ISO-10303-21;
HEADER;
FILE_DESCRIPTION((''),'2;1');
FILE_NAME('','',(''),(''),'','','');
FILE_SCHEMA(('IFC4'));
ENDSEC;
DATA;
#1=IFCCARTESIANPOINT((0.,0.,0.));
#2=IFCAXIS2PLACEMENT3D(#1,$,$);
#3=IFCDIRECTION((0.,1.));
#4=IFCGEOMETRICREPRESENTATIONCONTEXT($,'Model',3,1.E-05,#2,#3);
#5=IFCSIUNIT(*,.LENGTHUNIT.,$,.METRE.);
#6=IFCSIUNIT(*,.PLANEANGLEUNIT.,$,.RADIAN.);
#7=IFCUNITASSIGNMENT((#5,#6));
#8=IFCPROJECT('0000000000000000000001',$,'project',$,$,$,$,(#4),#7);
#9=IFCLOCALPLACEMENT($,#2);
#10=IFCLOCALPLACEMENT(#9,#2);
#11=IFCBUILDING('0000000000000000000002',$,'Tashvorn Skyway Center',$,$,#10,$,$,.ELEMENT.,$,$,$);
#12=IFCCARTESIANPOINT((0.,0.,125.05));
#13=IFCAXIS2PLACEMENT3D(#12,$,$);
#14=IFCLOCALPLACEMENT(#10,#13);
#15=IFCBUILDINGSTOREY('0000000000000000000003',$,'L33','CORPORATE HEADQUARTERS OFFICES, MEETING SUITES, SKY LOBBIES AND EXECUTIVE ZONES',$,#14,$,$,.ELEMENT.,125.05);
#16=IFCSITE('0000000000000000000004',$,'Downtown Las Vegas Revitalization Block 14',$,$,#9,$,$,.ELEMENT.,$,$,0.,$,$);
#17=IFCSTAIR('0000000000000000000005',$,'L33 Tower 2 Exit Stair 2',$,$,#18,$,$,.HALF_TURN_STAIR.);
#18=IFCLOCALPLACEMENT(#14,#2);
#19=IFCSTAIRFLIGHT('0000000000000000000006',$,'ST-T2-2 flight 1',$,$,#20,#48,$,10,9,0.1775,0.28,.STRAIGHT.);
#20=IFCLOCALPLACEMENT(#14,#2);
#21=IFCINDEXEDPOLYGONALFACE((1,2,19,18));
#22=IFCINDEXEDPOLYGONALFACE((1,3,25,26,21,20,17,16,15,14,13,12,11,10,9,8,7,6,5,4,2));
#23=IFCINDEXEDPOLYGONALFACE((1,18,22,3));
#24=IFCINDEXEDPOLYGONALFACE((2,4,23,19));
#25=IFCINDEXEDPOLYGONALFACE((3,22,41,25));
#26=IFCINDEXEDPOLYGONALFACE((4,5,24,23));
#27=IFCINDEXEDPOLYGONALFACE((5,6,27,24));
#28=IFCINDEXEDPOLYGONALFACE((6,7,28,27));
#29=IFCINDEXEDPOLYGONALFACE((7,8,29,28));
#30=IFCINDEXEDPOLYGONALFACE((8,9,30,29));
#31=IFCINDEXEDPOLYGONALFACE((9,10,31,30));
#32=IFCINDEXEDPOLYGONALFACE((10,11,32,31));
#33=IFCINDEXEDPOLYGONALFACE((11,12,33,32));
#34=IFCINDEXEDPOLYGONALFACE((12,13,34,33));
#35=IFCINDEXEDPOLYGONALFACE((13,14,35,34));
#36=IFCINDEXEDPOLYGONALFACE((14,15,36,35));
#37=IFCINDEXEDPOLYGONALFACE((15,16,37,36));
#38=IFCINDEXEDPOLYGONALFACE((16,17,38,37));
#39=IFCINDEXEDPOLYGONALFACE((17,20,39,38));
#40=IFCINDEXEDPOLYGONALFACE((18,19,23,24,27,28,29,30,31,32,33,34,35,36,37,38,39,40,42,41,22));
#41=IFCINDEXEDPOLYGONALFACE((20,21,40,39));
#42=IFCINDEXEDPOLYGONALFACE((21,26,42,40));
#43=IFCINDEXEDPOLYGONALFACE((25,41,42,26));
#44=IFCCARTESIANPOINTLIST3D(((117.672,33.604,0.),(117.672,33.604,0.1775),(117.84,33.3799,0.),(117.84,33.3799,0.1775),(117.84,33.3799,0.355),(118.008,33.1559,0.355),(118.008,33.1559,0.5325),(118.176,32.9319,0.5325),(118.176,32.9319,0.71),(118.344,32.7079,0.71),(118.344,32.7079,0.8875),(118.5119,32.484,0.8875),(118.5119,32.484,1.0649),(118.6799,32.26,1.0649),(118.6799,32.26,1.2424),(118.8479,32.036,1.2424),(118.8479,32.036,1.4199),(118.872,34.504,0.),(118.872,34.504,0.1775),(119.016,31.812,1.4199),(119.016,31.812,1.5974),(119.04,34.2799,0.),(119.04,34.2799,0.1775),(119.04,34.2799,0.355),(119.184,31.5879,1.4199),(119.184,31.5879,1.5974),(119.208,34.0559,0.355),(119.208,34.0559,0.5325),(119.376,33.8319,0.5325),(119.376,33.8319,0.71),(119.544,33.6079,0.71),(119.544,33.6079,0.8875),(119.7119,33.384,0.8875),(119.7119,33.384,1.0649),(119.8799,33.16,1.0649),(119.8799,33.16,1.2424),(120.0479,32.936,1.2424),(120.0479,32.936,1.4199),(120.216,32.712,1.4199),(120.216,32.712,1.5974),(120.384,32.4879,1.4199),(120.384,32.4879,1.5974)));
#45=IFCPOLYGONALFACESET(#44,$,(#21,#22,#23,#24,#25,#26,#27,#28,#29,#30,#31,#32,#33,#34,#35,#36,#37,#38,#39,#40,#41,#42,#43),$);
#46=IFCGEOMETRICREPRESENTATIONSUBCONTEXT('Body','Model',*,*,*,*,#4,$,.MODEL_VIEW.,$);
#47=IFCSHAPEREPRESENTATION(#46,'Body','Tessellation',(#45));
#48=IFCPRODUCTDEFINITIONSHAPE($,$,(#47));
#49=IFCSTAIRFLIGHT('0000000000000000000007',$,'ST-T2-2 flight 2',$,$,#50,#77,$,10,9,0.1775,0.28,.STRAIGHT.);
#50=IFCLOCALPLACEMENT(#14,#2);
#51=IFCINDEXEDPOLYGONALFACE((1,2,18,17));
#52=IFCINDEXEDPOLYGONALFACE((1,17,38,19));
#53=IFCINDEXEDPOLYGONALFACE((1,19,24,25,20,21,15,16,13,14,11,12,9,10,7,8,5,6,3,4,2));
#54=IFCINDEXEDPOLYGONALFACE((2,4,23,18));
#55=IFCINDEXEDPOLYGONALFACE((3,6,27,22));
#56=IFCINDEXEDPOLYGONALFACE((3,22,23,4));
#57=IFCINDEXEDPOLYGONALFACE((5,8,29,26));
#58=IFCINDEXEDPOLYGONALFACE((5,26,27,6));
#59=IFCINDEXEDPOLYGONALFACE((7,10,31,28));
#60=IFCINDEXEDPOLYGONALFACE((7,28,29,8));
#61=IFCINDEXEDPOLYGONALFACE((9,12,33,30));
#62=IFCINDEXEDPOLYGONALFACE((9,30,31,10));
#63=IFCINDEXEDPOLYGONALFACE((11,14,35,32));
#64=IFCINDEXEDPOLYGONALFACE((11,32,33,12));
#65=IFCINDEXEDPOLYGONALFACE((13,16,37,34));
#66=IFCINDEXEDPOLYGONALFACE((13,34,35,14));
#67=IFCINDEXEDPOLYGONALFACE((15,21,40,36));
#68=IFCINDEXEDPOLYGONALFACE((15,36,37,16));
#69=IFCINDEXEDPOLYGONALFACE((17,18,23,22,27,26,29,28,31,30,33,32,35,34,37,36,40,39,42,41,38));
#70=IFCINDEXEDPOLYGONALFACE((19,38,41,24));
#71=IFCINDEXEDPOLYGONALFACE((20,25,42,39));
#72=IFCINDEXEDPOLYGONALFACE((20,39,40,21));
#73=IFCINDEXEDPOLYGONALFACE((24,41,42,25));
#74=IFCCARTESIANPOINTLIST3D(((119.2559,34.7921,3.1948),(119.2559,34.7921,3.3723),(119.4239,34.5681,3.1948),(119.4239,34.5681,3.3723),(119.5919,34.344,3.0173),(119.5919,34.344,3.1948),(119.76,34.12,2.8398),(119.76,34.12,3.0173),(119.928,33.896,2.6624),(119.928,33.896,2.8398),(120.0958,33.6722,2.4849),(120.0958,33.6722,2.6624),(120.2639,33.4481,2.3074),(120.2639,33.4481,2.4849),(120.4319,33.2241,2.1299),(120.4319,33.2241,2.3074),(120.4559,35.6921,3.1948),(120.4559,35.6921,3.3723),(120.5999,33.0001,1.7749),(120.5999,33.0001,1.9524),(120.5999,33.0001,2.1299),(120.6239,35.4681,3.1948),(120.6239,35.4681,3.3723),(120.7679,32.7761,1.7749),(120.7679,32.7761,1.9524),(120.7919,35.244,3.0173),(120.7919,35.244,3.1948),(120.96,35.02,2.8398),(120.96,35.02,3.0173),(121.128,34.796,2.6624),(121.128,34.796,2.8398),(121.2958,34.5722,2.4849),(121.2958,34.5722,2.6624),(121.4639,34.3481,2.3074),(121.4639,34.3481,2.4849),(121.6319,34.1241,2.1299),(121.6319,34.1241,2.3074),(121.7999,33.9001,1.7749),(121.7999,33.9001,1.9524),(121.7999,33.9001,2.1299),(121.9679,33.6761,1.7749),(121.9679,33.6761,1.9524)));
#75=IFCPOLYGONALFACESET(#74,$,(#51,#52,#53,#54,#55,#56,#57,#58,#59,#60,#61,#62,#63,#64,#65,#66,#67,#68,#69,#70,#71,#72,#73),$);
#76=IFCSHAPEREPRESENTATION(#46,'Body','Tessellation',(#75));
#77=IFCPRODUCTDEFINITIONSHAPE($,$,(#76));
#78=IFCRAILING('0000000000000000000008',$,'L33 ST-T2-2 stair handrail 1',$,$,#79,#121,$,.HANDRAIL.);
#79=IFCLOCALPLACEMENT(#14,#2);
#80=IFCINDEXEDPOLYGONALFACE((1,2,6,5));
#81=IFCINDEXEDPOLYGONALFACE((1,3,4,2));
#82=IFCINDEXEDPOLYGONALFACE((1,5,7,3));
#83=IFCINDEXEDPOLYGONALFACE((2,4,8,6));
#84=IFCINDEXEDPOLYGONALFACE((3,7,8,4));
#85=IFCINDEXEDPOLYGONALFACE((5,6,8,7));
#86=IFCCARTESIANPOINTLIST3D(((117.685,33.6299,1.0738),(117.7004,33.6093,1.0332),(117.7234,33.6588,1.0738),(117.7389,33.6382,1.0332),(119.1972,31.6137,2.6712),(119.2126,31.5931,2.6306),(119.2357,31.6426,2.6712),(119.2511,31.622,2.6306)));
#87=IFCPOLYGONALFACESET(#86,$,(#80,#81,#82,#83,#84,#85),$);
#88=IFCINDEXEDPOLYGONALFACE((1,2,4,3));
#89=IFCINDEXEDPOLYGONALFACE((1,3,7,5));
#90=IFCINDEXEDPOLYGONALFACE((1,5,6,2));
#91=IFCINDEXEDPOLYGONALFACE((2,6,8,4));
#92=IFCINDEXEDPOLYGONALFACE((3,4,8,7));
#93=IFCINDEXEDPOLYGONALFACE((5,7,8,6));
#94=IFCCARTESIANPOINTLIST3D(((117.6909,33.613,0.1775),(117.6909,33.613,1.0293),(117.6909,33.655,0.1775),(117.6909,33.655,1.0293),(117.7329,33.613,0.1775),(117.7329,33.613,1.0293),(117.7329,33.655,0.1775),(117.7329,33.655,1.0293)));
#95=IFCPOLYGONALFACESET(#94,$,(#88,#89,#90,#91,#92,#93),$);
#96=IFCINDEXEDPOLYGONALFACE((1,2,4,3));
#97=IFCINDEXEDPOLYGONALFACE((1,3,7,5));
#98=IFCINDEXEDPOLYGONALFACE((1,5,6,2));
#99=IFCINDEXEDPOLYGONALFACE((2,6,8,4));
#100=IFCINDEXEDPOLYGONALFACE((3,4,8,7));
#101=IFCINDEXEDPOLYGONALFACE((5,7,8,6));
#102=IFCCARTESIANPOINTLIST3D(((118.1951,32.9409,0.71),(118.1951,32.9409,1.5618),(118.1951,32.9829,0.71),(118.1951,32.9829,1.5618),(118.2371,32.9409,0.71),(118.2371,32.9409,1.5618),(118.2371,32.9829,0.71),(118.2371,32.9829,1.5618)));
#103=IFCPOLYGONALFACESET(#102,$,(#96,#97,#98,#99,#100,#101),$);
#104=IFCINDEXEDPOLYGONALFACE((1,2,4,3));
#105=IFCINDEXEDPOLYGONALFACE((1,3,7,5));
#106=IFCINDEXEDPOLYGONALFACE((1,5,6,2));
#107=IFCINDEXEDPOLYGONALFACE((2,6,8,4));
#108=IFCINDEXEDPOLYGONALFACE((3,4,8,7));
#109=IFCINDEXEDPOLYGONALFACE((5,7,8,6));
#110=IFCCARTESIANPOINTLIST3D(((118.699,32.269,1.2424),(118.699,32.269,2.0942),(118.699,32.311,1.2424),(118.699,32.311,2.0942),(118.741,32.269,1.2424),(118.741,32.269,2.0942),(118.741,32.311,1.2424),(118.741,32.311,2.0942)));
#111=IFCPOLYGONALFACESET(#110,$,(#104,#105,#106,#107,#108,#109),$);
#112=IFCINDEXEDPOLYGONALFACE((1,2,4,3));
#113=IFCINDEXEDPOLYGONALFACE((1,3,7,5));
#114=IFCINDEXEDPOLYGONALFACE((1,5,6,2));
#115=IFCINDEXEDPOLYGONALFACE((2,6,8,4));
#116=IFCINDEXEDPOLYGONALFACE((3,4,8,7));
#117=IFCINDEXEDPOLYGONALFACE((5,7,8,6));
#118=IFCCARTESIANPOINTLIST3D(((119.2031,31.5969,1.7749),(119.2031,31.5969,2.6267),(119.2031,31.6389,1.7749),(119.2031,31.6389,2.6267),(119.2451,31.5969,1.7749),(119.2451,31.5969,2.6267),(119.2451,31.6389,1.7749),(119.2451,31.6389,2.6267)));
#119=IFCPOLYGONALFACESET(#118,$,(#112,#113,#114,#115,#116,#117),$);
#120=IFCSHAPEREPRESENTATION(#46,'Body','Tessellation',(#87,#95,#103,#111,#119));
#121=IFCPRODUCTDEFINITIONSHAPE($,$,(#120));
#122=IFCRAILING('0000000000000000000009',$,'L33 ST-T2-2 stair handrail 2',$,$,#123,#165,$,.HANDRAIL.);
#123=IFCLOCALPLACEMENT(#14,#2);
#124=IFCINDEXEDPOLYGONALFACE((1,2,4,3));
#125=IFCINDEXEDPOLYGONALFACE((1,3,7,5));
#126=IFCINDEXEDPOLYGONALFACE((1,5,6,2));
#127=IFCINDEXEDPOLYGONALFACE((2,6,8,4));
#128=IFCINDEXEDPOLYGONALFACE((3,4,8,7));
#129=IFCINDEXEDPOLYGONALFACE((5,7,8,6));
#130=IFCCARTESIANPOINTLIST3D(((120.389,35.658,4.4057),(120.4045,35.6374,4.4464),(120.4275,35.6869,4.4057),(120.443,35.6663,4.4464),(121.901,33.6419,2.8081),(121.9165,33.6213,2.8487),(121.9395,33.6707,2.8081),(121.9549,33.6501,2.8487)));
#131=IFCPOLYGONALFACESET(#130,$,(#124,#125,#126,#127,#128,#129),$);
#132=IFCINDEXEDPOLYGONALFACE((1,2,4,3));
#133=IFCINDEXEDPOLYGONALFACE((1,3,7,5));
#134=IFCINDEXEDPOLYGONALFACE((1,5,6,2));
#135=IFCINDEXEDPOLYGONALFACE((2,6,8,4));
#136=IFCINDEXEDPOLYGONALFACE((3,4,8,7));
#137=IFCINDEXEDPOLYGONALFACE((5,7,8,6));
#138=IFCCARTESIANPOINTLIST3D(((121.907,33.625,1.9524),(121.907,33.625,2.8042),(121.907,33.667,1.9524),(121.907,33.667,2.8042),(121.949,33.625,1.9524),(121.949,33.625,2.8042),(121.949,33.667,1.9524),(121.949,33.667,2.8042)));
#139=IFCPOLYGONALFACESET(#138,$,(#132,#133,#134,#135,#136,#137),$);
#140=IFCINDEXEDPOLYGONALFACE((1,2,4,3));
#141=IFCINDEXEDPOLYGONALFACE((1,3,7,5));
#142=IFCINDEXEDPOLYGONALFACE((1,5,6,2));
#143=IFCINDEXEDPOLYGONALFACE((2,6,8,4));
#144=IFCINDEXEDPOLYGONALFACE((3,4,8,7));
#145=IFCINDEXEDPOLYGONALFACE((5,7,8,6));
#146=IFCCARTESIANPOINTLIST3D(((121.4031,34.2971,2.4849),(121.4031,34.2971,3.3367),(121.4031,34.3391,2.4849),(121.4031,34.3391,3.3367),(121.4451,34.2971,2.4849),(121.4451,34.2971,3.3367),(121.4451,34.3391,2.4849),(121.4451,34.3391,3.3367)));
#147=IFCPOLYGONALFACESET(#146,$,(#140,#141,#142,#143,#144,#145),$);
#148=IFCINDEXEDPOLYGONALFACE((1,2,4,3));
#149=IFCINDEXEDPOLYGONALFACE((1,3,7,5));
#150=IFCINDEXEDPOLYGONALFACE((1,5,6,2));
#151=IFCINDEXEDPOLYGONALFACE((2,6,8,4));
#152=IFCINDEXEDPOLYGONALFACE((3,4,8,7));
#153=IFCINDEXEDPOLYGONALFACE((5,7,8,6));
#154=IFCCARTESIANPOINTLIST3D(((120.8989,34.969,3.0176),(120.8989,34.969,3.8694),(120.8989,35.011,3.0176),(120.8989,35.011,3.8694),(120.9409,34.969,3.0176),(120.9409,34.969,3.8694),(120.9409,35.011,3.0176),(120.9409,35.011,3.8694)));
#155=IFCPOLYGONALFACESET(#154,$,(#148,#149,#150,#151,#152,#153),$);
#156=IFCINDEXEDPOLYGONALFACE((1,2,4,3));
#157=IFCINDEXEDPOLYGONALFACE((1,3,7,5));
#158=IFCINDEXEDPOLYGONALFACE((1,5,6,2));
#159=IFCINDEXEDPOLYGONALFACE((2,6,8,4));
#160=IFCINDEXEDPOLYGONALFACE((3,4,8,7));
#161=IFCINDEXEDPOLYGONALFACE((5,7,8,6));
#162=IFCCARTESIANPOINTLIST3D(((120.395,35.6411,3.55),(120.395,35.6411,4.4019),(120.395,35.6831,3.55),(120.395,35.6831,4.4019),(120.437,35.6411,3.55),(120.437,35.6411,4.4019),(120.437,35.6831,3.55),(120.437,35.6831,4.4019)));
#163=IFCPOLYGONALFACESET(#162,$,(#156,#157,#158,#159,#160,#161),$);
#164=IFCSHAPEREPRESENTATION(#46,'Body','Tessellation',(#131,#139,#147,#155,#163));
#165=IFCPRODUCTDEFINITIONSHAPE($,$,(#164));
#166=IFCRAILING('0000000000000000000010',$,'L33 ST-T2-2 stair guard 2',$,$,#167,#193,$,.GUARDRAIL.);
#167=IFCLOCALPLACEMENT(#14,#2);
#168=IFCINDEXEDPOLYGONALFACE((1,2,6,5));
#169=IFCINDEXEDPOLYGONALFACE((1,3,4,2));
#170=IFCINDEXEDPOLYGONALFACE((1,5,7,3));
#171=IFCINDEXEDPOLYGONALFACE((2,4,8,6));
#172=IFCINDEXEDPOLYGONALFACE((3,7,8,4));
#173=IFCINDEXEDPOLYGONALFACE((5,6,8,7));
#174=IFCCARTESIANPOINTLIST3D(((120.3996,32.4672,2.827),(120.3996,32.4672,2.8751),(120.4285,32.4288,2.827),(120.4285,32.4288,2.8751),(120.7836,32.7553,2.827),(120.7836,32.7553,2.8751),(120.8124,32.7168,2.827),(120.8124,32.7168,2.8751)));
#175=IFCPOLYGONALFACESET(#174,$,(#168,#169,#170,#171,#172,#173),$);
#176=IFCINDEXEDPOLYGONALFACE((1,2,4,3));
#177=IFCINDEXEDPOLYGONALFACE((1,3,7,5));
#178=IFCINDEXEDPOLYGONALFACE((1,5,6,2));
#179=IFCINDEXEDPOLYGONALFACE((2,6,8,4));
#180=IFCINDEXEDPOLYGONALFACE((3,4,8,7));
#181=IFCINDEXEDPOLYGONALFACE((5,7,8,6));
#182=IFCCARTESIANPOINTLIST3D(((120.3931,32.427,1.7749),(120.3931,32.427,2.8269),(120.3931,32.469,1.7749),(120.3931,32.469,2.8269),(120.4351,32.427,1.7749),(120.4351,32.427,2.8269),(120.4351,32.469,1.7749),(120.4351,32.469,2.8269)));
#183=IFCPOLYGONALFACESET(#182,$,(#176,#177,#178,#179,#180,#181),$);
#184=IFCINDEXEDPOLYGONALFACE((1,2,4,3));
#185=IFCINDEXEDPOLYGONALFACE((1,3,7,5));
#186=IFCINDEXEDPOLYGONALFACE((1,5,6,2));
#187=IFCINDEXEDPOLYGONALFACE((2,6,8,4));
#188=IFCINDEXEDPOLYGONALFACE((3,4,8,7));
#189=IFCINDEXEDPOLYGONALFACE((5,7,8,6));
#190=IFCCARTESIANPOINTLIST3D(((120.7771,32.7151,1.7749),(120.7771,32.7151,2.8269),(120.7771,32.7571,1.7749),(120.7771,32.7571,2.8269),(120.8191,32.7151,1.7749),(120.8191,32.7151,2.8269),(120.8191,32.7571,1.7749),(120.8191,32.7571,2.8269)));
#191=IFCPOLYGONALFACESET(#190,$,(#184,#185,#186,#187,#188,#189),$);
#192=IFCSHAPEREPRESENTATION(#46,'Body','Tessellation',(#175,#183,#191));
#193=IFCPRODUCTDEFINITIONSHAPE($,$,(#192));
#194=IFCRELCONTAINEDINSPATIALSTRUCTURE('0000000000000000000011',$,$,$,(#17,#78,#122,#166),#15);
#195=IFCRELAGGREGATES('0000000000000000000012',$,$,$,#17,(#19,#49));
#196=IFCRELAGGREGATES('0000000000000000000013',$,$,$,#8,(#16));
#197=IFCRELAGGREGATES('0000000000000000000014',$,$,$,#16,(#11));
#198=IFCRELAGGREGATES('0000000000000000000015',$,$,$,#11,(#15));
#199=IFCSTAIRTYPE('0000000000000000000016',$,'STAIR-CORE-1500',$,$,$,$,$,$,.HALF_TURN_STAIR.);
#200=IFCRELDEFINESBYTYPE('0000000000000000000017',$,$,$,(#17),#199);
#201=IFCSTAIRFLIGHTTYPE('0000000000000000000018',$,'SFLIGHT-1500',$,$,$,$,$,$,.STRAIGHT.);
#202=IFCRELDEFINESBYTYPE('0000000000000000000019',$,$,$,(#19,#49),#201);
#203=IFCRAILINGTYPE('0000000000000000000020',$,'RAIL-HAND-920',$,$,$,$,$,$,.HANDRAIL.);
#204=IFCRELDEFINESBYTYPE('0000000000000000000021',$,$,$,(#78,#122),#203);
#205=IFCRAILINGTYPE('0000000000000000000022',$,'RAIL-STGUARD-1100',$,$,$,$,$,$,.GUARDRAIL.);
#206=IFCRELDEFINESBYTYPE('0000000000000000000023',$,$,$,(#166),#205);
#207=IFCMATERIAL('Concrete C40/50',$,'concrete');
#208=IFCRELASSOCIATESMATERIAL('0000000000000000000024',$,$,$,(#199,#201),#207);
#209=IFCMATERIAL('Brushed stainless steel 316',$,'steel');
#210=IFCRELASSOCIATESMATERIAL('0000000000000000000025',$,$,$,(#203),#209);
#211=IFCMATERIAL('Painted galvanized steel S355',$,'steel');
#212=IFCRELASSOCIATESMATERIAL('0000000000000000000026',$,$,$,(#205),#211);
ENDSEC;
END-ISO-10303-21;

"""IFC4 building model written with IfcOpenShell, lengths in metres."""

from ifc_helpers import new_model, si_unit, direction, frame, origin, origin_2d, place, context, subcontext, project, spatial, polyline, rectangle, outline, extrude, material, type_object, element, aggregate, save


model = new_model("IFC4")

# Units and contexts
model_context = context("Model", 3, precision=1e-05, world=origin(), true_north=direction((0.0, 1.0)))
body_context = subcontext(model_context, "Body", "Model", "MODEL_VIEW")
ifc_project = project(units=[si_unit("LENGTHUNIT", "METRE"), si_unit("PLANEANGLEUNIT", "RADIAN")], contexts=[model_context])

# Site, building, storey
site_placement = place(None, origin())
site = spatial("IfcSite", under=ifc_project, at=site_placement, Name="Downtown Las Vegas Revitalization Block 14", CompositionType="ELEMENT", RefElevation=0.0)
building_placement = place(site_placement, origin())
building = spatial("IfcBuilding", under=site, at=building_placement, Name="Tashvorn Skyway Center", CompositionType="ELEMENT")
storey_placement = place(building_placement, frame((0.0, 0.0, 125.05)))
storey = spatial("IfcBuildingStorey", under=building, at=storey_placement, Name="L33", Description="CORPORATE HEADQUARTERS OFFICES, MEETING SUITES, SKY LOBBIES AND EXECUTIVE ZONES", CompositionType="ELEMENT", Elevation=125.05)

# Shared definitions
ifc_material_1 = material(Name="Concrete C40/50", Category="concrete")

# Stair, stair flights
stair_type = type_object("IfcStairType", Name="STAIR-CORE-1500", PredefinedType="HALF_TURN_STAIR", material=ifc_material_1)
stair_placement = place(storey_placement, origin())
stair = element("IfcStair", 1, at=stair_placement, inside=storey, type_object=stair_type, Name="L33 Tower 2 Exit Stair 2", PredefinedType="HALF_TURN_STAIR")
stair_flight_type = type_object("IfcStairFlightType", Name="SFLIGHT-1500", PredefinedType="STRAIGHT", material=ifc_material_1)
stair_flight_1_placement = place(storey_placement, frame((118.272, 34.054, 0.0), z_axis=(0.0, 0.0, 1.0), x_axis=(0.6, -0.8, 0.0)))
stair_flight_1 = element("IfcStairFlight", 2, at=stair_flight_1_placement, type_object=stair_flight_type, Name="ST-T2-2 flight 1", NumberOfRisers=10, NumberOfTreads=9, PredefinedType="STRAIGHT", RiserHeight=0.1775, TreadLength=0.28, context=body_context, shape_type="SweptSolid", body=[
    extrude(outline(polyline([(0.0, 0.0), (0.0, 0.1775), (0.28, 0.1775), (0.28, 0.355), (0.5601, 0.355), (0.5601, 0.5325), (0.8401, 0.5325), (0.8401, 0.71), (1.1201, 0.71), (1.1201, 0.8875), (1.3999, 0.8875), (1.3999, 1.0649), (1.6799, 1.0649), (1.6799, 1.2424), (1.96, 1.2424), (1.96, 1.4199), (2.24, 1.4199), (2.24, 1.5974), (2.52, 1.5974), (2.52, 1.7749), (2.52, 1.4199), (0.28, 0.0), (0.0, 0.0)])), frame((0.0, 0.75, 0.0), z_axis=(0.0, -1.0, 0.0), x_axis=(1.0, 0.0, 0.0)), (0.0, 0.0, 1.0), 1.5),
])
stair_flight_2_placement = place(storey_placement, frame((121.3679, 33.2261, 1.7749), z_axis=(0.0, 0.0, 1.0), x_axis=(-0.6, 0.8, 0.0)))
stair_flight_2 = element("IfcStairFlight", 3, at=stair_flight_2_placement, type_object=stair_flight_type, Name="ST-T2-2 flight 2", NumberOfRisers=10, NumberOfTreads=9, PredefinedType="STRAIGHT", RiserHeight=0.1775, TreadLength=0.28, context=body_context, shape_type="SweptSolid", body=[
    extrude(outline(polyline([(0.0, 0.0), (0.0, 0.1775), (0.28, 0.1775), (0.28, 0.355), (0.5601, 0.355), (0.5601, 0.5325), (0.8401, 0.5325), (0.8401, 0.71), (1.1201, 0.71), (1.1201, 0.8875), (1.3999, 0.8875), (1.3999, 1.0649), (1.6799, 1.0649), (1.6799, 1.2424), (1.96, 1.2424), (1.96, 1.4199), (2.24, 1.4199), (2.24, 1.5974), (2.52, 1.5974), (2.52, 1.7749), (2.52, 1.4199), (0.28, 0.0), (0.0, 0.0)])), frame((0.0, 0.75, 0.0), z_axis=(0.0, -1.0, 0.0), x_axis=(1.0, 0.0, 0.0)), (0.0, 0.0, 1.0), 1.5),
])
aggregate(stair, [stair_flight_1, stair_flight_2])

# Railings
ifc_material_2 = material(Name="Brushed stainless steel 316", Category="steel")
railing_type_1 = type_object("IfcRailingType", Name="RAIL-HAND-920", PredefinedType="HANDRAIL", material=ifc_material_2)
railing_1_placement = place(storey_placement, frame((117.7119, 33.634, 0.1775)))
element("IfcRailing", 4, at=railing_1_placement, inside=storey, type_object=railing_type_1, Name="L33 ST-T2-2 stair handrail 1", PredefinedType="HANDRAIL", context=body_context, shape_type="SweptSolid", body=[
    extrude(rectangle(XDim=0.0481, YDim=0.0481, at=origin_2d()), frame((0.0, 0.0, 0.876), z_axis=(0.506802, -0.675681, 0.535357), x_axis=(0.799977, 0.600031, 0.0)), (0.0, 0.0, 1.0), 2.9839),
    extrude(rectangle(XDim=0.042, YDim=0.042, at=origin_2d()), origin(), (0.0, 0.0, 1.0), 0.8518),
    extrude(rectangle(XDim=0.042, YDim=0.042, at=origin_2d()), frame((0.5042, -0.6721, 0.5325)), (0.0, 0.0, 1.0), 0.8518),
    extrude(rectangle(XDim=0.042, YDim=0.042, at=origin_2d()), frame((1.0081, -1.344, 1.0649)), (0.0, 0.0, 1.0), 0.8518),
    extrude(rectangle(XDim=0.042, YDim=0.042, at=origin_2d()), frame((1.5122, -2.0161, 1.5974)), (0.0, 0.0, 1.0), 0.8518),
])
railing_2_placement = place(storey_placement, frame((121.928, 33.646, 1.9524)))
element("IfcRailing", 5, at=railing_2_placement, inside=storey, type_object=railing_type_1, Name="L33 ST-T2-2 stair handrail 2", PredefinedType="HANDRAIL", context=body_context, shape_type="SweptSolid", body=[
    extrude(rectangle(XDim=0.0481, YDim=0.0481, at=origin_2d()), frame((0.0, 0.0, 0.876), z_axis=(-0.506719, 0.675679, 0.535438), x_axis=(-0.800023, -0.599969, 0.0)), (0.0, 0.0, 1.0), 2.9839),
    extrude(rectangle(XDim=0.042, YDim=0.042, at=origin_2d()), origin(), (0.0, 0.0, 1.0), 0.8518),
    extrude(rectangle(XDim=0.042, YDim=0.042, at=origin_2d()), frame((-0.5039, 0.6721, 0.5325)), (0.0, 0.0, 1.0), 0.8518),
    extrude(rectangle(XDim=0.042, YDim=0.042, at=origin_2d()), frame((-1.0081, 1.344, 1.0652)), (0.0, 0.0, 1.0), 0.8518),
    extrude(rectangle(XDim=0.042, YDim=0.042, at=origin_2d()), frame((-1.512, 2.0161, 1.5977)), (0.0, 0.0, 1.0), 0.8518),
])
ifc_material_3 = material(Name="Painted galvanized steel S355", Category="steel")
railing_type_2 = type_object("IfcRailingType", Name="RAIL-STGUARD-1100", PredefinedType="GUARDRAIL", material=ifc_material_3)
railing_3_placement = place(storey_placement, frame((120.4141, 32.448, 1.7749)))
element("IfcRailing", 6, at=railing_3_placement, inside=storey, type_object=railing_type_2, Name="L33 ST-T2-2 stair guard 2", PredefinedType="GUARDRAIL", context=body_context, shape_type="SweptSolid", body=[
    extrude(rectangle(XDim=0.0481, YDim=0.0481, at=origin_2d()), frame((0.0, 0.0, 1.0762), z_axis=(0.799939, 0.600081, 0.0), x_axis=(-0.600081, 0.799939, 0.0)), (0.0, 0.0, 1.0), 0.48),
    extrude(rectangle(XDim=0.042, YDim=0.042, at=origin_2d()), origin(), (0.0, 0.0, 1.0), 1.052),
    extrude(rectangle(XDim=0.042, YDim=0.042, at=origin_2d()), frame((0.384, 0.2881, 0.0)), (0.0, 0.0, 1.0), 1.052),
])

save(model, "model.ifc")
